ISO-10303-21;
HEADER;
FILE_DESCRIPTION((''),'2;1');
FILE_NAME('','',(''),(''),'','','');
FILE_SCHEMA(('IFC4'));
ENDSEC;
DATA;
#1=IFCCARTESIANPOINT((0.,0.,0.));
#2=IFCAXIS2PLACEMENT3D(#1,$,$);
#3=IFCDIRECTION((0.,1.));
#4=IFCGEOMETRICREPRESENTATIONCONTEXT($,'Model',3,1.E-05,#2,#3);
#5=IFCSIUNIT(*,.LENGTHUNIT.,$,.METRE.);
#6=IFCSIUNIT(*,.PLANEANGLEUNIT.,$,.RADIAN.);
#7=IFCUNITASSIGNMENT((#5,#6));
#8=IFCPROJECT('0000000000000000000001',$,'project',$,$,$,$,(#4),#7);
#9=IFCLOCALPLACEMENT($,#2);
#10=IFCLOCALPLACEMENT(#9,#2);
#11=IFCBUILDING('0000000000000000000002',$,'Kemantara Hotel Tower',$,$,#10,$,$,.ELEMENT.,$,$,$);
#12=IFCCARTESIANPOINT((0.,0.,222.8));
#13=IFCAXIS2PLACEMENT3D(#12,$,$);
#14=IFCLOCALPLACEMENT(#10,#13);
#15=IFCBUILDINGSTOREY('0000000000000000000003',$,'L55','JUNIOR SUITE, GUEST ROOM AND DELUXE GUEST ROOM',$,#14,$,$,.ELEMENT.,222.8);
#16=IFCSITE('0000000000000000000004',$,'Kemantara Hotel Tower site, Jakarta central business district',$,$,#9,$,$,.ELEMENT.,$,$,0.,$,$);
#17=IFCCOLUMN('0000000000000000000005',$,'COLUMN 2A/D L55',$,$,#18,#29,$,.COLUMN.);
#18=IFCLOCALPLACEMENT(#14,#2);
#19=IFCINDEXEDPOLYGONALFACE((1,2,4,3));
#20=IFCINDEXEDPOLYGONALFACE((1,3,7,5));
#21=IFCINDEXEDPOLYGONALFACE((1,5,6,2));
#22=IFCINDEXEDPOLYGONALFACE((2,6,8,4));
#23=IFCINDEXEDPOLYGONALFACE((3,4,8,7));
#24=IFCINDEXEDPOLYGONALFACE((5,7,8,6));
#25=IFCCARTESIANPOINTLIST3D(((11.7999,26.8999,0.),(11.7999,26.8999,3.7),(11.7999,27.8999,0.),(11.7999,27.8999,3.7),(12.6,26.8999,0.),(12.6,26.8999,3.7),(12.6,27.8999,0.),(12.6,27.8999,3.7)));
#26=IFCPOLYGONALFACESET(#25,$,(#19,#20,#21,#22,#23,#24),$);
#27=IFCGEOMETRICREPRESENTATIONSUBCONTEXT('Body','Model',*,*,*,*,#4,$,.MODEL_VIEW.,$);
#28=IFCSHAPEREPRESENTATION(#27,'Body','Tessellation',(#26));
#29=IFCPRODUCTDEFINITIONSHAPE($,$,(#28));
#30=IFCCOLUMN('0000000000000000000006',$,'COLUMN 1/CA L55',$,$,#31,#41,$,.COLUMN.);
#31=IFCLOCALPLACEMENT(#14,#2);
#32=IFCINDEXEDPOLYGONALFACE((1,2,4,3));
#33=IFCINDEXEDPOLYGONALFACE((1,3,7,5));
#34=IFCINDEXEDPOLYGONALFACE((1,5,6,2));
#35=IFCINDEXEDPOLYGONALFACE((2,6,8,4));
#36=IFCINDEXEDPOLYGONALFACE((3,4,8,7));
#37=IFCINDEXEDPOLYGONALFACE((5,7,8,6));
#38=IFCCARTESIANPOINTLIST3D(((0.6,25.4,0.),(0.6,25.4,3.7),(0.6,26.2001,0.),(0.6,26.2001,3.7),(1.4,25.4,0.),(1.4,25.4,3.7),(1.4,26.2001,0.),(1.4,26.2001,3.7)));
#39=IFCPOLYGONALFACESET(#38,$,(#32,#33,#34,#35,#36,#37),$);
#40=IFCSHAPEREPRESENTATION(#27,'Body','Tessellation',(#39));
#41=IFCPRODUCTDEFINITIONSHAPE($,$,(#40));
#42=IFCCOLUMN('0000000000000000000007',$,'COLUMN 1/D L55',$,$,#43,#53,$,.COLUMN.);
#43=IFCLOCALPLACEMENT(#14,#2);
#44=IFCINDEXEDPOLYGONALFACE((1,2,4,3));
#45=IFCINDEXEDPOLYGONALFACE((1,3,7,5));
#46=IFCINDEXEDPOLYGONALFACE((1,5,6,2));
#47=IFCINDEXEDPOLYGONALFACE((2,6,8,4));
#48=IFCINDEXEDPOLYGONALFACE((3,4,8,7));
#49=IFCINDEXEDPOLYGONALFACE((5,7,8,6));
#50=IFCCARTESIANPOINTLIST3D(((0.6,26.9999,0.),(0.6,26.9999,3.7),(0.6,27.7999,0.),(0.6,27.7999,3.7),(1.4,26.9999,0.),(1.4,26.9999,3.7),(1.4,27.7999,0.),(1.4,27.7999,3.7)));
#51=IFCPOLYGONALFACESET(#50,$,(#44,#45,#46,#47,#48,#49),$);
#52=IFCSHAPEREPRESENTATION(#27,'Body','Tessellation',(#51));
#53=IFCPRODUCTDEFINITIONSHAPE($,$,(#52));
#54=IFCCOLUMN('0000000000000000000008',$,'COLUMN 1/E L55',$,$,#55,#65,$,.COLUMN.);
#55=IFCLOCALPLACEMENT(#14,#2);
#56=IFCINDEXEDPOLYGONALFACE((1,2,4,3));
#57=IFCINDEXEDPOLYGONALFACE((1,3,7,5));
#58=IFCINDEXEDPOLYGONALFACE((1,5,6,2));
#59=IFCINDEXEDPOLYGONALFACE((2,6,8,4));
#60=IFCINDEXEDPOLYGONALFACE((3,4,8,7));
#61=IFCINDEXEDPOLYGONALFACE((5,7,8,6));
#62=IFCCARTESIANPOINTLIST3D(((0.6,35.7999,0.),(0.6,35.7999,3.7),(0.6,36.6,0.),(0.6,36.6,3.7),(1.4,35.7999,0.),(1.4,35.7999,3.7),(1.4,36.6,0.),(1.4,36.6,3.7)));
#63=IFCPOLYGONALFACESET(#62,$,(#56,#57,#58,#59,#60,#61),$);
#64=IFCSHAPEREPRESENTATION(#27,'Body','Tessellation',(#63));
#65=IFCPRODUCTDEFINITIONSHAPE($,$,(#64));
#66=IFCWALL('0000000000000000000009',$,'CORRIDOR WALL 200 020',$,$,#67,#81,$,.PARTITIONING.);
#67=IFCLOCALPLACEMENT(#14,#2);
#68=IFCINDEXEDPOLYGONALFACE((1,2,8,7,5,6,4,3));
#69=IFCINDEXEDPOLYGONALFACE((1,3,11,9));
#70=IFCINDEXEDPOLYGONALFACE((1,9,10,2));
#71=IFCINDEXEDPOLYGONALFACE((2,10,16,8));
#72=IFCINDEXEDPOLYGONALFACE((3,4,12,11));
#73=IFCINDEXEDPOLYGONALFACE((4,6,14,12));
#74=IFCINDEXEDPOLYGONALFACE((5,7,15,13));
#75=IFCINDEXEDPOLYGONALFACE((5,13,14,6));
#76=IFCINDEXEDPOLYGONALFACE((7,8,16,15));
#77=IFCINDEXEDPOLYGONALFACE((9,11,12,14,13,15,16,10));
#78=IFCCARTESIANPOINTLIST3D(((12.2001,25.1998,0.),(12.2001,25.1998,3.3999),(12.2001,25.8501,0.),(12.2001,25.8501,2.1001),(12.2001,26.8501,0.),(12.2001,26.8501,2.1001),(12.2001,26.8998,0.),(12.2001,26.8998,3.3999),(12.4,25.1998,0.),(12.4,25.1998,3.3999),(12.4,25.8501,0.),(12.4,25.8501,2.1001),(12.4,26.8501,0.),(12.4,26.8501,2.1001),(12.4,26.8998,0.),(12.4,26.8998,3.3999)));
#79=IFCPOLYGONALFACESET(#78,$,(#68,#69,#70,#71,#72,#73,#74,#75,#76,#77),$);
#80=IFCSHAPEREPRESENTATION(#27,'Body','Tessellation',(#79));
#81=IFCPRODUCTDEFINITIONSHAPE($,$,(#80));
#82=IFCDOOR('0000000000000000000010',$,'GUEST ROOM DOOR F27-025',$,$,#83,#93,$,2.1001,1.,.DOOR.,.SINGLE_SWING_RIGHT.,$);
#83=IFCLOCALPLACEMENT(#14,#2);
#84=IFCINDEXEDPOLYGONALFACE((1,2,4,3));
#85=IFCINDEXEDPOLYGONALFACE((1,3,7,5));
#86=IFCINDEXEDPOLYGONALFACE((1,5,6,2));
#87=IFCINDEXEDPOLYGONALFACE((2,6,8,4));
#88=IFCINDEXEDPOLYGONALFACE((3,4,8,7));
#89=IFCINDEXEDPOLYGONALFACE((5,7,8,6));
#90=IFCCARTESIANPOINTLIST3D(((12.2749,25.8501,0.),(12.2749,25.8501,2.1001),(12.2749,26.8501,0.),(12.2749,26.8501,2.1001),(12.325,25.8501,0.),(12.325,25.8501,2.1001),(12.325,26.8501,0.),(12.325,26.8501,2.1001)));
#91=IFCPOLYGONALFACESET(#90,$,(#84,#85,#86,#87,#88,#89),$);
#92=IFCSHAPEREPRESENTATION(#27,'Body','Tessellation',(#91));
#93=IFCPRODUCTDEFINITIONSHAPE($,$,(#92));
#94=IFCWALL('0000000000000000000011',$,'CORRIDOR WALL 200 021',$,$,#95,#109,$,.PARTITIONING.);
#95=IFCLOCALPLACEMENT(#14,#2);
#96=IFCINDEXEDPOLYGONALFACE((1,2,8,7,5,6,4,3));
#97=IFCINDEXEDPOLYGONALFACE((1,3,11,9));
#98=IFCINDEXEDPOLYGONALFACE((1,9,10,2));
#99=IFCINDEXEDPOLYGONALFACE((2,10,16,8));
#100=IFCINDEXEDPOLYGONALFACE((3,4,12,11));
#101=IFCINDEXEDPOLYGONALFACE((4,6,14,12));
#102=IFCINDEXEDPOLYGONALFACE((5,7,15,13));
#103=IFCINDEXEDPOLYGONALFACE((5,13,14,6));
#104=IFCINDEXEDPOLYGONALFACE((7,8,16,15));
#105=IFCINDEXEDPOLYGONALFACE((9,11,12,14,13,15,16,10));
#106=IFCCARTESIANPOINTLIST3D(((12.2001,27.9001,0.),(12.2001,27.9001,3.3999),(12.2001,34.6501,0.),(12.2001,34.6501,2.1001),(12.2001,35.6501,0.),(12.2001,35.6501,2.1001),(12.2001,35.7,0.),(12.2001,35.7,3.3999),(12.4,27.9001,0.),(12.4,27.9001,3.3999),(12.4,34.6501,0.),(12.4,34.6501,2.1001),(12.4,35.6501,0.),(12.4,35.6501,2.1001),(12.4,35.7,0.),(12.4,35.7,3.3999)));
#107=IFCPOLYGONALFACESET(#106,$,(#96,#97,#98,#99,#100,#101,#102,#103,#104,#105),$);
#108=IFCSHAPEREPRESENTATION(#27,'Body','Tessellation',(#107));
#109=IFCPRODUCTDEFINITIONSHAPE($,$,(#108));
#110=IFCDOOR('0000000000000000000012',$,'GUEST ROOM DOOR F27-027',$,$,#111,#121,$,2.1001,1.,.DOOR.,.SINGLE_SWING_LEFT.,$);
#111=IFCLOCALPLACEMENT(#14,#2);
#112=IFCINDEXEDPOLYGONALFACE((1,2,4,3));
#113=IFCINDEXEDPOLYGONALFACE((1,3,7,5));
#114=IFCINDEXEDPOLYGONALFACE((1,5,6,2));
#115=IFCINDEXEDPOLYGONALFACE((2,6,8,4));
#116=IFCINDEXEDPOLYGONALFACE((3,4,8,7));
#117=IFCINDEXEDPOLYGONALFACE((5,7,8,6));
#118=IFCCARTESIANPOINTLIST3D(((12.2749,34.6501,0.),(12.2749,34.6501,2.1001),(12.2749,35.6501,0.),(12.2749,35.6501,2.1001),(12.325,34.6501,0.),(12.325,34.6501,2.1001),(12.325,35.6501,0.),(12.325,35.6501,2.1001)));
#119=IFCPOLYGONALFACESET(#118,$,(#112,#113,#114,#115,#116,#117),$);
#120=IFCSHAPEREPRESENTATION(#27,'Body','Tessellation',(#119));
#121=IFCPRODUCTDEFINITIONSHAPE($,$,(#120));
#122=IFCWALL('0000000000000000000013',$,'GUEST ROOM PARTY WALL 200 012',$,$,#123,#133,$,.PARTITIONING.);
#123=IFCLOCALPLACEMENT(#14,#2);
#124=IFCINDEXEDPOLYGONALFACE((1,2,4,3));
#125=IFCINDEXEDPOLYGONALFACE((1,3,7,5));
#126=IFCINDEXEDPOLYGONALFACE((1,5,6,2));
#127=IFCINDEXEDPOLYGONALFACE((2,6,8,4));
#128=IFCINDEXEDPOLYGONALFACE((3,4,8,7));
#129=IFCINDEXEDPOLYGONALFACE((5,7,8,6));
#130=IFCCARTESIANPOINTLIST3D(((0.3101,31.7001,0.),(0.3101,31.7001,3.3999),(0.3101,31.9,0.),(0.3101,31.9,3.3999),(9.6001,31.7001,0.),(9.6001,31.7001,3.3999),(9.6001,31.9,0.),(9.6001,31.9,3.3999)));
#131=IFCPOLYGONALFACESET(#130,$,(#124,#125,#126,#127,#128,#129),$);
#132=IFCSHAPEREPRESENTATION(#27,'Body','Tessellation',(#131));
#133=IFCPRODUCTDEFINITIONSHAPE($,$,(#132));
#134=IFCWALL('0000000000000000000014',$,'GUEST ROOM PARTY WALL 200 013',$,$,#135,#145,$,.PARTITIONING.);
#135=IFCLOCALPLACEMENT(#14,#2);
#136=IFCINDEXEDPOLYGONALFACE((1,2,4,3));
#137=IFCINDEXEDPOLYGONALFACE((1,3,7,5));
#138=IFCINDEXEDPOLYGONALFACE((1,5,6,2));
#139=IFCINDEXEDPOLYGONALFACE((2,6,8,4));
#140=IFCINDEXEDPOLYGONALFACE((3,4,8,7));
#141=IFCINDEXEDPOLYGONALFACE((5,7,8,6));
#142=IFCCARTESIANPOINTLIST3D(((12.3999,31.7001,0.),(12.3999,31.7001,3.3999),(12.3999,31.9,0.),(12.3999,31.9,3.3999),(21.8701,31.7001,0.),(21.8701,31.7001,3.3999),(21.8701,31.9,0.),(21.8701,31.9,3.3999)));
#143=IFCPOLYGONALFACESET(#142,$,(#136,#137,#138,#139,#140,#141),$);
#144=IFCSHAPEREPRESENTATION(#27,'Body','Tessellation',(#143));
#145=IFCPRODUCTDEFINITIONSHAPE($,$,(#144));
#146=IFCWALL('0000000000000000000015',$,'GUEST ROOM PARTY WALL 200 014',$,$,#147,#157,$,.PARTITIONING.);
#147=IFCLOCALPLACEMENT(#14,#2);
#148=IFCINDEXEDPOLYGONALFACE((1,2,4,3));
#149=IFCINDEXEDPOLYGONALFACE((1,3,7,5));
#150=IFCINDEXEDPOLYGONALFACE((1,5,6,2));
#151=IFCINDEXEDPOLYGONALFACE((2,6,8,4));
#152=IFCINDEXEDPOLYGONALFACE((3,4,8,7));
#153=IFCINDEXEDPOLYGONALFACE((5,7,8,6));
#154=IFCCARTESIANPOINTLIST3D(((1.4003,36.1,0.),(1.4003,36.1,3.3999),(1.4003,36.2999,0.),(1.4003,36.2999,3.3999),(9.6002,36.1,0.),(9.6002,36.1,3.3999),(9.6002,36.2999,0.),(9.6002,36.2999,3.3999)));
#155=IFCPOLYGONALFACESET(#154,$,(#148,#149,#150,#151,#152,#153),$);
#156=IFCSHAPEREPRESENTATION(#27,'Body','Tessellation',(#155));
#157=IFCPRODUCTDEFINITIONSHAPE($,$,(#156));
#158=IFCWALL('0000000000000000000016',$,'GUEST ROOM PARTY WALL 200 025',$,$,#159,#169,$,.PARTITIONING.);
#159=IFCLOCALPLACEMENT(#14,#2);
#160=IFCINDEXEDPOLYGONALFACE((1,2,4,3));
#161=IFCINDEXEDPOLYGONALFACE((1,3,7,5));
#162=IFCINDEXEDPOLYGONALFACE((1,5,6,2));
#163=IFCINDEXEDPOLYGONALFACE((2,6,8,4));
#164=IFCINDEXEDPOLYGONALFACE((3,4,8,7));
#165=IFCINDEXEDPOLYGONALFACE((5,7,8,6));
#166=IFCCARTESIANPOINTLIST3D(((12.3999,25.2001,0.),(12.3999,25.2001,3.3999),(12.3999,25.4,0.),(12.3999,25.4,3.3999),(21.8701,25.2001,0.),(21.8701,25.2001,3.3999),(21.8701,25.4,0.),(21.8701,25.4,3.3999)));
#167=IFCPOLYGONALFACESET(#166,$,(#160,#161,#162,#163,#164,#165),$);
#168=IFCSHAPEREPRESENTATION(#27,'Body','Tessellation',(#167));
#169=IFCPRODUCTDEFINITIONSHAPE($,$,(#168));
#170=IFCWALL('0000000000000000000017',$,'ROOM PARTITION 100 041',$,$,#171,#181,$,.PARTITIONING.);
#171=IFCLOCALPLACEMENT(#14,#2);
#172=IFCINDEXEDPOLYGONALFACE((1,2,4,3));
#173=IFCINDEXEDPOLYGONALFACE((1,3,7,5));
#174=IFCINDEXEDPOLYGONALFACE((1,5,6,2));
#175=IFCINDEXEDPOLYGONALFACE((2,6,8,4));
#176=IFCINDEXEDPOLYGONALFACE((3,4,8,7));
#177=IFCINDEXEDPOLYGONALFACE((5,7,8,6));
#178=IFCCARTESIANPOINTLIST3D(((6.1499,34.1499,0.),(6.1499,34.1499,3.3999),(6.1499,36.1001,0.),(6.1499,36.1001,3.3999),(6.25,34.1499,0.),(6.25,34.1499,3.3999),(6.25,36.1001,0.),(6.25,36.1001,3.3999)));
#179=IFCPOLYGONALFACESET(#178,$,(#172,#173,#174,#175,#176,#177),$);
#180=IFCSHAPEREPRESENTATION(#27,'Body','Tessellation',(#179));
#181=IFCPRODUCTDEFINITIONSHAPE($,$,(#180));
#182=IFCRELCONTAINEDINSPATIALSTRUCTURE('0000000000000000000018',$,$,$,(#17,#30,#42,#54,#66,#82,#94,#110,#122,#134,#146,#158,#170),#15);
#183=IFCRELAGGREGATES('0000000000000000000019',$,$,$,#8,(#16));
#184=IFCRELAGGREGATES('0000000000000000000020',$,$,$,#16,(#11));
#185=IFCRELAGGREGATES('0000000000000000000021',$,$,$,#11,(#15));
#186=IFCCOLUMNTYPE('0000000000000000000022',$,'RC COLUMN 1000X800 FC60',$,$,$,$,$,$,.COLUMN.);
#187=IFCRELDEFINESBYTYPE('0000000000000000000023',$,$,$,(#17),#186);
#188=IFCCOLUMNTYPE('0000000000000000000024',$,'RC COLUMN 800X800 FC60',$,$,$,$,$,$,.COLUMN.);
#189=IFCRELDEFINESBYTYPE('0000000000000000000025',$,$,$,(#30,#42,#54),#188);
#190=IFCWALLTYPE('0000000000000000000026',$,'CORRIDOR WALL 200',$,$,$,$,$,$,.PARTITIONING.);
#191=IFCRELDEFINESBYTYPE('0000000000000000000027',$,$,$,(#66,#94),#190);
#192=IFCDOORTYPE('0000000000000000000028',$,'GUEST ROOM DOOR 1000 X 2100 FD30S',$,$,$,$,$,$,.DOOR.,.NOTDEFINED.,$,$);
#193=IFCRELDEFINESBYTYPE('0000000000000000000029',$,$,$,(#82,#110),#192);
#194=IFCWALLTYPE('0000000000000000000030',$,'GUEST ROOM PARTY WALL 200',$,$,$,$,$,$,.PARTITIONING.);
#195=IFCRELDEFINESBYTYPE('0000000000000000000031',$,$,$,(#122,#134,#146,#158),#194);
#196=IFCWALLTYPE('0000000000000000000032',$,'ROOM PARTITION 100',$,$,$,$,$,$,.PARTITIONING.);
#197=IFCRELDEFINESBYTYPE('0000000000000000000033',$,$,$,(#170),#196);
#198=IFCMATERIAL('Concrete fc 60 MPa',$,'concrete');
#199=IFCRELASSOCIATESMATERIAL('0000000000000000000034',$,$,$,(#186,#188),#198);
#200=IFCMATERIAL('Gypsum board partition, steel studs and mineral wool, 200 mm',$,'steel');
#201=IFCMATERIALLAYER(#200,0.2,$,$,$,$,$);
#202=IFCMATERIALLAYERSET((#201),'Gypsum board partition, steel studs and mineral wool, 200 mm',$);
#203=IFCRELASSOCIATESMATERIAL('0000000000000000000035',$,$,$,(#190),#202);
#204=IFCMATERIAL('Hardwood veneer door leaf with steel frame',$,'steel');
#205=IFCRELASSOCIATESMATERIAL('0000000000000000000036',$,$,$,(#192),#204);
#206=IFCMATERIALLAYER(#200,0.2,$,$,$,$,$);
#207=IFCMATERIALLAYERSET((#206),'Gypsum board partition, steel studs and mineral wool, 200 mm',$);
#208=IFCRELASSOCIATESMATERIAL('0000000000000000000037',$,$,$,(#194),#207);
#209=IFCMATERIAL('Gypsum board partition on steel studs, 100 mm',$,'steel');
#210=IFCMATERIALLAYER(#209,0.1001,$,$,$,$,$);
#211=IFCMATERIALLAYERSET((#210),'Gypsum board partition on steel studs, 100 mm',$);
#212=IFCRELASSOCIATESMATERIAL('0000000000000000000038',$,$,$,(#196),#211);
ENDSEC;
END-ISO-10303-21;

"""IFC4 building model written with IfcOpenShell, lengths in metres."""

from ifc_helpers import new_model, si_unit, direction, frame, frame_2d, origin, origin_2d, place, context, subcontext, project, spatial, rectangle, extrude, material, layer, layer_set, material_profile, profile_set, type_object, element, fill, save


model = new_model("IFC4")

# Units and contexts
model_context = context("Model", 3, precision=1e-05, world=origin(), true_north=direction((0.0, 1.0)))
body_context = subcontext(model_context, "Body", "Model", "MODEL_VIEW")
ifc_project = project(units=[si_unit("LENGTHUNIT", "METRE"), si_unit("PLANEANGLEUNIT", "RADIAN")], contexts=[model_context])

# Site, building, storey
site_placement = place(None, origin())
site = spatial("IfcSite", under=ifc_project, at=site_placement, Name="Kemantara Hotel Tower site, Jakarta central business district", CompositionType="ELEMENT", RefElevation=0.0)
building_placement = place(site_placement, origin())
building = spatial("IfcBuilding", under=site, at=building_placement, Name="Kemantara Hotel Tower", CompositionType="ELEMENT")
storey_placement = place(building_placement, frame((0.0, 0.0, 222.8)))
storey = spatial("IfcBuildingStorey", under=building, at=storey_placement, Name="L55", Description="JUNIOR SUITE, GUEST ROOM AND DELUXE GUEST ROOM", CompositionType="ELEMENT", Elevation=222.8)

# Columns
ifc_material_1 = material(Name="Concrete fc 60 MPa", Category="concrete")
ifc_material_profile_1 = material_profile(ifc_material_1, rectangle(XDim=1.0, YDim=0.8, at=origin_2d()), Name="RC 1000X800")
ifc_profile_set_1 = profile_set([ifc_material_profile_1], Name="Concrete fc 60 MPa")
column_type_1 = type_object("IfcColumnType", Name="RC COLUMN 1000X800 FC60", PredefinedType="COLUMN", material=ifc_profile_set_1)
column_placement = place(storey_placement, frame((12.2, 27.3999, 0.0), z_axis=(0.0, 0.0, 1.0), x_axis=(0.0, 1.0, 0.0)))
element("IfcColumn", 1, at=column_placement, inside=storey, type_object=column_type_1, Name="COLUMN 2A/D L55", PredefinedType="COLUMN", context=body_context, shape_type="SweptSolid", body=[
    extrude(rectangle(XDim=1.0, YDim=0.8, at=origin_2d()), origin(), (0.0, 0.0, 1.0), 3.7),
])
ifc_material_profile_2 = material_profile(ifc_material_1, rectangle(XDim=0.8, YDim=0.8, at=origin_2d()), Name="RC 800X800")
ifc_profile_set_2 = profile_set([ifc_material_profile_2], Name="Concrete fc 60 MPa")
column_type_2 = type_object("IfcColumnType", Name="RC COLUMN 800X800 FC60", PredefinedType="COLUMN", material=ifc_profile_set_2)
for number, where, z_axis, x_axis, name in (
    (2, (1.0, 25.8, 0.0), (0.0, 0.0, 1.0), (1.0, 0.0, 0.0), "COLUMN 1/CA L55"),
    (3, (1.0, 27.3999, 0.0), (0.0, 0.0, 1.0), (1.0, 0.0, 0.0), "COLUMN 1/D L55"),
    (4, (1.0, 36.2, 0.0), (0.0, 0.0, 1.0), (1.0, 0.0, 0.0), "COLUMN 1/E L55"),
):
    element("IfcColumn", number, at=place(storey_placement, frame(where, z_axis=z_axis, x_axis=x_axis)), inside=storey, type_object=column_type_2, Name=name, PredefinedType="COLUMN", context=body_context, shape_type="SweptSolid", body=[
        extrude(rectangle(XDim=0.8, YDim=0.8, at=origin_2d()), origin(), (0.0, 0.0, 1.0), 3.7),
    ])

# Walls, openings, doors
ifc_material_2 = material(Name="Gypsum board partition, steel studs and mineral wool, 200 mm", Category="steel")
ifc_layer_1 = layer(ifc_material_2, 0.2)
ifc_layer_set_1 = layer_set([ifc_layer_1], Name="Gypsum board partition, steel studs and mineral wool, 200 mm")
wall_type_1 = type_object("IfcWallType", Name="CORRIDOR WALL 200", PredefinedType="PARTITIONING", material=ifc_layer_set_1)
wall_1_placement = place(storey_placement, frame((12.3, 26.8999, 0.0), z_axis=(0.0, 0.0, 1.0), x_axis=(0.0, -1.0, 0.0)))
wall_1 = element("IfcWall", 5, at=wall_1_placement, inside=storey, type_object=wall_type_1, Name="CORRIDOR WALL 200 020", PredefinedType="PARTITIONING", context=body_context, shape_type="SweptSolid", body=[
    extrude(rectangle(XDim=1.7, YDim=0.2, at=frame_2d((0.8501, 0.0))), origin(), (0.0, 0.0, 1.0), 3.3999),
])
opening_1_placement = place(wall_1_placement, frame((0.0498, 0.0, 0.0)))
opening_1 = element("IfcOpeningElement", 6, at=opening_1_placement, cuts=wall_1, PredefinedType="OPENING", context=body_context, shape_type="SweptSolid", body=[
    extrude(rectangle(XDim=1.0, YDim=2.1001, at=frame_2d((0.5, 1.05))), frame((0.0, 0.1099, 0.0), z_axis=(0.0, -1.0, 0.0), x_axis=(1.0, 0.0, 0.0)), (0.0, 0.0, 1.0), 0.22),
])
ifc_material_3 = material(Name="Hardwood veneer door leaf with steel frame", Category="steel")
door_type_1 = type_object("IfcDoorType", Name="GUEST ROOM DOOR 1000 X 2100 FD30S", OperationType="NOTDEFINED", PredefinedType="DOOR", material=ifc_material_3)
door_1_placement = place(opening_1_placement, origin())
door_1 = element("IfcDoor", 7, at=door_1_placement, inside=storey, type_object=door_type_1, Name="GUEST ROOM DOOR F27-025", OperationType="SINGLE_SWING_RIGHT", OverallHeight=2.1001, OverallWidth=1.0, PredefinedType="DOOR", context=body_context, shape_type="SweptSolid", body=[
    extrude(rectangle(XDim=1.0, YDim=2.1001, at=frame_2d((0.5, 1.05))), frame((0.0, 0.0249, 0.0), z_axis=(0.0, -1.0, 0.0), x_axis=(1.0, 0.0, 0.0)), (0.0, 0.0, 1.0), 0.05),
])
fill(opening_1, door_1)
wall_2_placement = place(storey_placement, frame((12.3, 35.7, 0.0), z_axis=(0.0, 0.0, 1.0), x_axis=(0.0, -1.0, 0.0)))
wall_2 = element("IfcWall", 8, at=wall_2_placement, inside=storey, type_object=wall_type_1, Name="CORRIDOR WALL 200 021", PredefinedType="PARTITIONING", context=body_context, shape_type="SweptSolid", body=[
    extrude(rectangle(XDim=7.7998, YDim=0.2, at=frame_2d((3.8999, 0.0))), origin(), (0.0, 0.0, 1.0), 3.3999),
])
opening_2_placement = place(wall_2_placement, frame((0.0498, 0.0, 0.0)))
opening_2 = element("IfcOpeningElement", 9, at=opening_2_placement, cuts=wall_2, PredefinedType="OPENING", context=body_context, shape_type="SweptSolid", body=[
    extrude(rectangle(XDim=1.0, YDim=2.1001, at=frame_2d((0.5, 1.05))), frame((0.0, 0.1099, 0.0), z_axis=(0.0, -1.0, 0.0), x_axis=(1.0, 0.0, 0.0)), (0.0, 0.0, 1.0), 0.22),
])
door_2_placement = place(opening_2_placement, origin())
door_2 = element("IfcDoor", 10, at=door_2_placement, inside=storey, type_object=door_type_1, Name="GUEST ROOM DOOR F27-027", OperationType="SINGLE_SWING_LEFT", OverallHeight=2.1001, OverallWidth=1.0, PredefinedType="DOOR", context=body_context, shape_type="SweptSolid", body=[
    extrude(rectangle(XDim=1.0, YDim=2.1001, at=frame_2d((0.5, 1.05))), frame((0.0, 0.0249, 0.0), z_axis=(0.0, -1.0, 0.0), x_axis=(1.0, 0.0, 0.0)), (0.0, 0.0, 1.0), 0.05),
])
fill(opening_2, door_2)

# Walls
ifc_layer_2 = layer(ifc_material_2, 0.2)
ifc_layer_set_2 = layer_set([ifc_layer_2], Name="Gypsum board partition, steel studs and mineral wool, 200 mm")
wall_type_2 = type_object("IfcWallType", Name="GUEST ROOM PARTY WALL 200", PredefinedType="PARTITIONING", material=ifc_layer_set_2)
wall_3_placement = place(storey_placement, frame((0.3101, 31.8, 0.0), z_axis=(0.0, 0.0, 1.0), x_axis=(1.0, 0.0, 0.0)))
element("IfcWall", 11, at=wall_3_placement, inside=storey, type_object=wall_type_2, Name="GUEST ROOM PARTY WALL 200 012", PredefinedType="PARTITIONING", context=body_context, shape_type="SweptSolid", body=[
    extrude(rectangle(XDim=9.29, YDim=0.2, at=frame_2d((4.645, 0.0))), origin(), (0.0, 0.0, 1.0), 3.3999),
])
wall_4_placement = place(storey_placement, frame((12.3999, 31.8, 0.0), z_axis=(0.0, 0.0, 1.0), x_axis=(1.0, 0.0, 0.0)))
element("IfcWall", 12, at=wall_4_placement, inside=storey, type_object=wall_type_2, Name="GUEST ROOM PARTY WALL 200 013", PredefinedType="PARTITIONING", context=body_context, shape_type="SweptSolid", body=[
    extrude(rectangle(XDim=9.4702, YDim=0.2, at=frame_2d((4.7351, 0.0))), origin(), (0.0, 0.0, 1.0), 3.3999),
])
wall_5_placement = place(storey_placement, frame((1.4001, 36.2, 0.0), z_axis=(0.0, 0.0, 1.0), x_axis=(1.0, 0.0, 0.0)))
element("IfcWall", 13, at=wall_5_placement, inside=storey, type_object=wall_type_2, Name="GUEST ROOM PARTY WALL 200 014", PredefinedType="PARTITIONING", context=body_context, shape_type="SweptSolid", body=[
    extrude(rectangle(XDim=8.2, YDim=0.2, at=frame_2d((4.1001, 0.0))), origin(), (0.0, 0.0, 1.0), 3.3999),
])
wall_6_placement = place(storey_placement, frame((12.3999, 25.3, 0.0), z_axis=(0.0, 0.0, 1.0), x_axis=(1.0, 0.0, 0.0)))
element("IfcWall", 14, at=wall_6_placement, inside=storey, type_object=wall_type_2, Name="GUEST ROOM PARTY WALL 200 025", PredefinedType="PARTITIONING", context=body_context, shape_type="SweptSolid", body=[
    extrude(rectangle(XDim=9.4702, YDim=0.2, at=frame_2d((4.7351, 0.0))), origin(), (0.0, 0.0, 1.0), 3.3999),
])
ifc_material_4 = material(Name="Gypsum board partition on steel studs, 100 mm", Category="steel")
ifc_layer_3 = layer(ifc_material_4, 0.1001)
ifc_layer_set_3 = layer_set([ifc_layer_3], Name="Gypsum board partition on steel studs, 100 mm")
wall_type_3 = type_object("IfcWallType", Name="ROOM PARTITION 100", PredefinedType="PARTITIONING", material=ifc_layer_set_3)
wall_7_placement = place(storey_placement, frame((6.2, 34.1499, 0.0), z_axis=(0.0, 0.0, 1.0), x_axis=(0.0, 1.0, 0.0)))
element("IfcWall", 15, at=wall_7_placement, inside=storey, type_object=wall_type_3, Name="ROOM PARTITION 100 041", PredefinedType="PARTITIONING", context=body_context, shape_type="SweptSolid", body=[
    extrude(rectangle(XDim=1.9502, YDim=0.1001, at=frame_2d((0.9751, 0.0))), origin(), (0.0, 0.0, 1.0), 3.3999),
])

save(model, "model.ifc")
